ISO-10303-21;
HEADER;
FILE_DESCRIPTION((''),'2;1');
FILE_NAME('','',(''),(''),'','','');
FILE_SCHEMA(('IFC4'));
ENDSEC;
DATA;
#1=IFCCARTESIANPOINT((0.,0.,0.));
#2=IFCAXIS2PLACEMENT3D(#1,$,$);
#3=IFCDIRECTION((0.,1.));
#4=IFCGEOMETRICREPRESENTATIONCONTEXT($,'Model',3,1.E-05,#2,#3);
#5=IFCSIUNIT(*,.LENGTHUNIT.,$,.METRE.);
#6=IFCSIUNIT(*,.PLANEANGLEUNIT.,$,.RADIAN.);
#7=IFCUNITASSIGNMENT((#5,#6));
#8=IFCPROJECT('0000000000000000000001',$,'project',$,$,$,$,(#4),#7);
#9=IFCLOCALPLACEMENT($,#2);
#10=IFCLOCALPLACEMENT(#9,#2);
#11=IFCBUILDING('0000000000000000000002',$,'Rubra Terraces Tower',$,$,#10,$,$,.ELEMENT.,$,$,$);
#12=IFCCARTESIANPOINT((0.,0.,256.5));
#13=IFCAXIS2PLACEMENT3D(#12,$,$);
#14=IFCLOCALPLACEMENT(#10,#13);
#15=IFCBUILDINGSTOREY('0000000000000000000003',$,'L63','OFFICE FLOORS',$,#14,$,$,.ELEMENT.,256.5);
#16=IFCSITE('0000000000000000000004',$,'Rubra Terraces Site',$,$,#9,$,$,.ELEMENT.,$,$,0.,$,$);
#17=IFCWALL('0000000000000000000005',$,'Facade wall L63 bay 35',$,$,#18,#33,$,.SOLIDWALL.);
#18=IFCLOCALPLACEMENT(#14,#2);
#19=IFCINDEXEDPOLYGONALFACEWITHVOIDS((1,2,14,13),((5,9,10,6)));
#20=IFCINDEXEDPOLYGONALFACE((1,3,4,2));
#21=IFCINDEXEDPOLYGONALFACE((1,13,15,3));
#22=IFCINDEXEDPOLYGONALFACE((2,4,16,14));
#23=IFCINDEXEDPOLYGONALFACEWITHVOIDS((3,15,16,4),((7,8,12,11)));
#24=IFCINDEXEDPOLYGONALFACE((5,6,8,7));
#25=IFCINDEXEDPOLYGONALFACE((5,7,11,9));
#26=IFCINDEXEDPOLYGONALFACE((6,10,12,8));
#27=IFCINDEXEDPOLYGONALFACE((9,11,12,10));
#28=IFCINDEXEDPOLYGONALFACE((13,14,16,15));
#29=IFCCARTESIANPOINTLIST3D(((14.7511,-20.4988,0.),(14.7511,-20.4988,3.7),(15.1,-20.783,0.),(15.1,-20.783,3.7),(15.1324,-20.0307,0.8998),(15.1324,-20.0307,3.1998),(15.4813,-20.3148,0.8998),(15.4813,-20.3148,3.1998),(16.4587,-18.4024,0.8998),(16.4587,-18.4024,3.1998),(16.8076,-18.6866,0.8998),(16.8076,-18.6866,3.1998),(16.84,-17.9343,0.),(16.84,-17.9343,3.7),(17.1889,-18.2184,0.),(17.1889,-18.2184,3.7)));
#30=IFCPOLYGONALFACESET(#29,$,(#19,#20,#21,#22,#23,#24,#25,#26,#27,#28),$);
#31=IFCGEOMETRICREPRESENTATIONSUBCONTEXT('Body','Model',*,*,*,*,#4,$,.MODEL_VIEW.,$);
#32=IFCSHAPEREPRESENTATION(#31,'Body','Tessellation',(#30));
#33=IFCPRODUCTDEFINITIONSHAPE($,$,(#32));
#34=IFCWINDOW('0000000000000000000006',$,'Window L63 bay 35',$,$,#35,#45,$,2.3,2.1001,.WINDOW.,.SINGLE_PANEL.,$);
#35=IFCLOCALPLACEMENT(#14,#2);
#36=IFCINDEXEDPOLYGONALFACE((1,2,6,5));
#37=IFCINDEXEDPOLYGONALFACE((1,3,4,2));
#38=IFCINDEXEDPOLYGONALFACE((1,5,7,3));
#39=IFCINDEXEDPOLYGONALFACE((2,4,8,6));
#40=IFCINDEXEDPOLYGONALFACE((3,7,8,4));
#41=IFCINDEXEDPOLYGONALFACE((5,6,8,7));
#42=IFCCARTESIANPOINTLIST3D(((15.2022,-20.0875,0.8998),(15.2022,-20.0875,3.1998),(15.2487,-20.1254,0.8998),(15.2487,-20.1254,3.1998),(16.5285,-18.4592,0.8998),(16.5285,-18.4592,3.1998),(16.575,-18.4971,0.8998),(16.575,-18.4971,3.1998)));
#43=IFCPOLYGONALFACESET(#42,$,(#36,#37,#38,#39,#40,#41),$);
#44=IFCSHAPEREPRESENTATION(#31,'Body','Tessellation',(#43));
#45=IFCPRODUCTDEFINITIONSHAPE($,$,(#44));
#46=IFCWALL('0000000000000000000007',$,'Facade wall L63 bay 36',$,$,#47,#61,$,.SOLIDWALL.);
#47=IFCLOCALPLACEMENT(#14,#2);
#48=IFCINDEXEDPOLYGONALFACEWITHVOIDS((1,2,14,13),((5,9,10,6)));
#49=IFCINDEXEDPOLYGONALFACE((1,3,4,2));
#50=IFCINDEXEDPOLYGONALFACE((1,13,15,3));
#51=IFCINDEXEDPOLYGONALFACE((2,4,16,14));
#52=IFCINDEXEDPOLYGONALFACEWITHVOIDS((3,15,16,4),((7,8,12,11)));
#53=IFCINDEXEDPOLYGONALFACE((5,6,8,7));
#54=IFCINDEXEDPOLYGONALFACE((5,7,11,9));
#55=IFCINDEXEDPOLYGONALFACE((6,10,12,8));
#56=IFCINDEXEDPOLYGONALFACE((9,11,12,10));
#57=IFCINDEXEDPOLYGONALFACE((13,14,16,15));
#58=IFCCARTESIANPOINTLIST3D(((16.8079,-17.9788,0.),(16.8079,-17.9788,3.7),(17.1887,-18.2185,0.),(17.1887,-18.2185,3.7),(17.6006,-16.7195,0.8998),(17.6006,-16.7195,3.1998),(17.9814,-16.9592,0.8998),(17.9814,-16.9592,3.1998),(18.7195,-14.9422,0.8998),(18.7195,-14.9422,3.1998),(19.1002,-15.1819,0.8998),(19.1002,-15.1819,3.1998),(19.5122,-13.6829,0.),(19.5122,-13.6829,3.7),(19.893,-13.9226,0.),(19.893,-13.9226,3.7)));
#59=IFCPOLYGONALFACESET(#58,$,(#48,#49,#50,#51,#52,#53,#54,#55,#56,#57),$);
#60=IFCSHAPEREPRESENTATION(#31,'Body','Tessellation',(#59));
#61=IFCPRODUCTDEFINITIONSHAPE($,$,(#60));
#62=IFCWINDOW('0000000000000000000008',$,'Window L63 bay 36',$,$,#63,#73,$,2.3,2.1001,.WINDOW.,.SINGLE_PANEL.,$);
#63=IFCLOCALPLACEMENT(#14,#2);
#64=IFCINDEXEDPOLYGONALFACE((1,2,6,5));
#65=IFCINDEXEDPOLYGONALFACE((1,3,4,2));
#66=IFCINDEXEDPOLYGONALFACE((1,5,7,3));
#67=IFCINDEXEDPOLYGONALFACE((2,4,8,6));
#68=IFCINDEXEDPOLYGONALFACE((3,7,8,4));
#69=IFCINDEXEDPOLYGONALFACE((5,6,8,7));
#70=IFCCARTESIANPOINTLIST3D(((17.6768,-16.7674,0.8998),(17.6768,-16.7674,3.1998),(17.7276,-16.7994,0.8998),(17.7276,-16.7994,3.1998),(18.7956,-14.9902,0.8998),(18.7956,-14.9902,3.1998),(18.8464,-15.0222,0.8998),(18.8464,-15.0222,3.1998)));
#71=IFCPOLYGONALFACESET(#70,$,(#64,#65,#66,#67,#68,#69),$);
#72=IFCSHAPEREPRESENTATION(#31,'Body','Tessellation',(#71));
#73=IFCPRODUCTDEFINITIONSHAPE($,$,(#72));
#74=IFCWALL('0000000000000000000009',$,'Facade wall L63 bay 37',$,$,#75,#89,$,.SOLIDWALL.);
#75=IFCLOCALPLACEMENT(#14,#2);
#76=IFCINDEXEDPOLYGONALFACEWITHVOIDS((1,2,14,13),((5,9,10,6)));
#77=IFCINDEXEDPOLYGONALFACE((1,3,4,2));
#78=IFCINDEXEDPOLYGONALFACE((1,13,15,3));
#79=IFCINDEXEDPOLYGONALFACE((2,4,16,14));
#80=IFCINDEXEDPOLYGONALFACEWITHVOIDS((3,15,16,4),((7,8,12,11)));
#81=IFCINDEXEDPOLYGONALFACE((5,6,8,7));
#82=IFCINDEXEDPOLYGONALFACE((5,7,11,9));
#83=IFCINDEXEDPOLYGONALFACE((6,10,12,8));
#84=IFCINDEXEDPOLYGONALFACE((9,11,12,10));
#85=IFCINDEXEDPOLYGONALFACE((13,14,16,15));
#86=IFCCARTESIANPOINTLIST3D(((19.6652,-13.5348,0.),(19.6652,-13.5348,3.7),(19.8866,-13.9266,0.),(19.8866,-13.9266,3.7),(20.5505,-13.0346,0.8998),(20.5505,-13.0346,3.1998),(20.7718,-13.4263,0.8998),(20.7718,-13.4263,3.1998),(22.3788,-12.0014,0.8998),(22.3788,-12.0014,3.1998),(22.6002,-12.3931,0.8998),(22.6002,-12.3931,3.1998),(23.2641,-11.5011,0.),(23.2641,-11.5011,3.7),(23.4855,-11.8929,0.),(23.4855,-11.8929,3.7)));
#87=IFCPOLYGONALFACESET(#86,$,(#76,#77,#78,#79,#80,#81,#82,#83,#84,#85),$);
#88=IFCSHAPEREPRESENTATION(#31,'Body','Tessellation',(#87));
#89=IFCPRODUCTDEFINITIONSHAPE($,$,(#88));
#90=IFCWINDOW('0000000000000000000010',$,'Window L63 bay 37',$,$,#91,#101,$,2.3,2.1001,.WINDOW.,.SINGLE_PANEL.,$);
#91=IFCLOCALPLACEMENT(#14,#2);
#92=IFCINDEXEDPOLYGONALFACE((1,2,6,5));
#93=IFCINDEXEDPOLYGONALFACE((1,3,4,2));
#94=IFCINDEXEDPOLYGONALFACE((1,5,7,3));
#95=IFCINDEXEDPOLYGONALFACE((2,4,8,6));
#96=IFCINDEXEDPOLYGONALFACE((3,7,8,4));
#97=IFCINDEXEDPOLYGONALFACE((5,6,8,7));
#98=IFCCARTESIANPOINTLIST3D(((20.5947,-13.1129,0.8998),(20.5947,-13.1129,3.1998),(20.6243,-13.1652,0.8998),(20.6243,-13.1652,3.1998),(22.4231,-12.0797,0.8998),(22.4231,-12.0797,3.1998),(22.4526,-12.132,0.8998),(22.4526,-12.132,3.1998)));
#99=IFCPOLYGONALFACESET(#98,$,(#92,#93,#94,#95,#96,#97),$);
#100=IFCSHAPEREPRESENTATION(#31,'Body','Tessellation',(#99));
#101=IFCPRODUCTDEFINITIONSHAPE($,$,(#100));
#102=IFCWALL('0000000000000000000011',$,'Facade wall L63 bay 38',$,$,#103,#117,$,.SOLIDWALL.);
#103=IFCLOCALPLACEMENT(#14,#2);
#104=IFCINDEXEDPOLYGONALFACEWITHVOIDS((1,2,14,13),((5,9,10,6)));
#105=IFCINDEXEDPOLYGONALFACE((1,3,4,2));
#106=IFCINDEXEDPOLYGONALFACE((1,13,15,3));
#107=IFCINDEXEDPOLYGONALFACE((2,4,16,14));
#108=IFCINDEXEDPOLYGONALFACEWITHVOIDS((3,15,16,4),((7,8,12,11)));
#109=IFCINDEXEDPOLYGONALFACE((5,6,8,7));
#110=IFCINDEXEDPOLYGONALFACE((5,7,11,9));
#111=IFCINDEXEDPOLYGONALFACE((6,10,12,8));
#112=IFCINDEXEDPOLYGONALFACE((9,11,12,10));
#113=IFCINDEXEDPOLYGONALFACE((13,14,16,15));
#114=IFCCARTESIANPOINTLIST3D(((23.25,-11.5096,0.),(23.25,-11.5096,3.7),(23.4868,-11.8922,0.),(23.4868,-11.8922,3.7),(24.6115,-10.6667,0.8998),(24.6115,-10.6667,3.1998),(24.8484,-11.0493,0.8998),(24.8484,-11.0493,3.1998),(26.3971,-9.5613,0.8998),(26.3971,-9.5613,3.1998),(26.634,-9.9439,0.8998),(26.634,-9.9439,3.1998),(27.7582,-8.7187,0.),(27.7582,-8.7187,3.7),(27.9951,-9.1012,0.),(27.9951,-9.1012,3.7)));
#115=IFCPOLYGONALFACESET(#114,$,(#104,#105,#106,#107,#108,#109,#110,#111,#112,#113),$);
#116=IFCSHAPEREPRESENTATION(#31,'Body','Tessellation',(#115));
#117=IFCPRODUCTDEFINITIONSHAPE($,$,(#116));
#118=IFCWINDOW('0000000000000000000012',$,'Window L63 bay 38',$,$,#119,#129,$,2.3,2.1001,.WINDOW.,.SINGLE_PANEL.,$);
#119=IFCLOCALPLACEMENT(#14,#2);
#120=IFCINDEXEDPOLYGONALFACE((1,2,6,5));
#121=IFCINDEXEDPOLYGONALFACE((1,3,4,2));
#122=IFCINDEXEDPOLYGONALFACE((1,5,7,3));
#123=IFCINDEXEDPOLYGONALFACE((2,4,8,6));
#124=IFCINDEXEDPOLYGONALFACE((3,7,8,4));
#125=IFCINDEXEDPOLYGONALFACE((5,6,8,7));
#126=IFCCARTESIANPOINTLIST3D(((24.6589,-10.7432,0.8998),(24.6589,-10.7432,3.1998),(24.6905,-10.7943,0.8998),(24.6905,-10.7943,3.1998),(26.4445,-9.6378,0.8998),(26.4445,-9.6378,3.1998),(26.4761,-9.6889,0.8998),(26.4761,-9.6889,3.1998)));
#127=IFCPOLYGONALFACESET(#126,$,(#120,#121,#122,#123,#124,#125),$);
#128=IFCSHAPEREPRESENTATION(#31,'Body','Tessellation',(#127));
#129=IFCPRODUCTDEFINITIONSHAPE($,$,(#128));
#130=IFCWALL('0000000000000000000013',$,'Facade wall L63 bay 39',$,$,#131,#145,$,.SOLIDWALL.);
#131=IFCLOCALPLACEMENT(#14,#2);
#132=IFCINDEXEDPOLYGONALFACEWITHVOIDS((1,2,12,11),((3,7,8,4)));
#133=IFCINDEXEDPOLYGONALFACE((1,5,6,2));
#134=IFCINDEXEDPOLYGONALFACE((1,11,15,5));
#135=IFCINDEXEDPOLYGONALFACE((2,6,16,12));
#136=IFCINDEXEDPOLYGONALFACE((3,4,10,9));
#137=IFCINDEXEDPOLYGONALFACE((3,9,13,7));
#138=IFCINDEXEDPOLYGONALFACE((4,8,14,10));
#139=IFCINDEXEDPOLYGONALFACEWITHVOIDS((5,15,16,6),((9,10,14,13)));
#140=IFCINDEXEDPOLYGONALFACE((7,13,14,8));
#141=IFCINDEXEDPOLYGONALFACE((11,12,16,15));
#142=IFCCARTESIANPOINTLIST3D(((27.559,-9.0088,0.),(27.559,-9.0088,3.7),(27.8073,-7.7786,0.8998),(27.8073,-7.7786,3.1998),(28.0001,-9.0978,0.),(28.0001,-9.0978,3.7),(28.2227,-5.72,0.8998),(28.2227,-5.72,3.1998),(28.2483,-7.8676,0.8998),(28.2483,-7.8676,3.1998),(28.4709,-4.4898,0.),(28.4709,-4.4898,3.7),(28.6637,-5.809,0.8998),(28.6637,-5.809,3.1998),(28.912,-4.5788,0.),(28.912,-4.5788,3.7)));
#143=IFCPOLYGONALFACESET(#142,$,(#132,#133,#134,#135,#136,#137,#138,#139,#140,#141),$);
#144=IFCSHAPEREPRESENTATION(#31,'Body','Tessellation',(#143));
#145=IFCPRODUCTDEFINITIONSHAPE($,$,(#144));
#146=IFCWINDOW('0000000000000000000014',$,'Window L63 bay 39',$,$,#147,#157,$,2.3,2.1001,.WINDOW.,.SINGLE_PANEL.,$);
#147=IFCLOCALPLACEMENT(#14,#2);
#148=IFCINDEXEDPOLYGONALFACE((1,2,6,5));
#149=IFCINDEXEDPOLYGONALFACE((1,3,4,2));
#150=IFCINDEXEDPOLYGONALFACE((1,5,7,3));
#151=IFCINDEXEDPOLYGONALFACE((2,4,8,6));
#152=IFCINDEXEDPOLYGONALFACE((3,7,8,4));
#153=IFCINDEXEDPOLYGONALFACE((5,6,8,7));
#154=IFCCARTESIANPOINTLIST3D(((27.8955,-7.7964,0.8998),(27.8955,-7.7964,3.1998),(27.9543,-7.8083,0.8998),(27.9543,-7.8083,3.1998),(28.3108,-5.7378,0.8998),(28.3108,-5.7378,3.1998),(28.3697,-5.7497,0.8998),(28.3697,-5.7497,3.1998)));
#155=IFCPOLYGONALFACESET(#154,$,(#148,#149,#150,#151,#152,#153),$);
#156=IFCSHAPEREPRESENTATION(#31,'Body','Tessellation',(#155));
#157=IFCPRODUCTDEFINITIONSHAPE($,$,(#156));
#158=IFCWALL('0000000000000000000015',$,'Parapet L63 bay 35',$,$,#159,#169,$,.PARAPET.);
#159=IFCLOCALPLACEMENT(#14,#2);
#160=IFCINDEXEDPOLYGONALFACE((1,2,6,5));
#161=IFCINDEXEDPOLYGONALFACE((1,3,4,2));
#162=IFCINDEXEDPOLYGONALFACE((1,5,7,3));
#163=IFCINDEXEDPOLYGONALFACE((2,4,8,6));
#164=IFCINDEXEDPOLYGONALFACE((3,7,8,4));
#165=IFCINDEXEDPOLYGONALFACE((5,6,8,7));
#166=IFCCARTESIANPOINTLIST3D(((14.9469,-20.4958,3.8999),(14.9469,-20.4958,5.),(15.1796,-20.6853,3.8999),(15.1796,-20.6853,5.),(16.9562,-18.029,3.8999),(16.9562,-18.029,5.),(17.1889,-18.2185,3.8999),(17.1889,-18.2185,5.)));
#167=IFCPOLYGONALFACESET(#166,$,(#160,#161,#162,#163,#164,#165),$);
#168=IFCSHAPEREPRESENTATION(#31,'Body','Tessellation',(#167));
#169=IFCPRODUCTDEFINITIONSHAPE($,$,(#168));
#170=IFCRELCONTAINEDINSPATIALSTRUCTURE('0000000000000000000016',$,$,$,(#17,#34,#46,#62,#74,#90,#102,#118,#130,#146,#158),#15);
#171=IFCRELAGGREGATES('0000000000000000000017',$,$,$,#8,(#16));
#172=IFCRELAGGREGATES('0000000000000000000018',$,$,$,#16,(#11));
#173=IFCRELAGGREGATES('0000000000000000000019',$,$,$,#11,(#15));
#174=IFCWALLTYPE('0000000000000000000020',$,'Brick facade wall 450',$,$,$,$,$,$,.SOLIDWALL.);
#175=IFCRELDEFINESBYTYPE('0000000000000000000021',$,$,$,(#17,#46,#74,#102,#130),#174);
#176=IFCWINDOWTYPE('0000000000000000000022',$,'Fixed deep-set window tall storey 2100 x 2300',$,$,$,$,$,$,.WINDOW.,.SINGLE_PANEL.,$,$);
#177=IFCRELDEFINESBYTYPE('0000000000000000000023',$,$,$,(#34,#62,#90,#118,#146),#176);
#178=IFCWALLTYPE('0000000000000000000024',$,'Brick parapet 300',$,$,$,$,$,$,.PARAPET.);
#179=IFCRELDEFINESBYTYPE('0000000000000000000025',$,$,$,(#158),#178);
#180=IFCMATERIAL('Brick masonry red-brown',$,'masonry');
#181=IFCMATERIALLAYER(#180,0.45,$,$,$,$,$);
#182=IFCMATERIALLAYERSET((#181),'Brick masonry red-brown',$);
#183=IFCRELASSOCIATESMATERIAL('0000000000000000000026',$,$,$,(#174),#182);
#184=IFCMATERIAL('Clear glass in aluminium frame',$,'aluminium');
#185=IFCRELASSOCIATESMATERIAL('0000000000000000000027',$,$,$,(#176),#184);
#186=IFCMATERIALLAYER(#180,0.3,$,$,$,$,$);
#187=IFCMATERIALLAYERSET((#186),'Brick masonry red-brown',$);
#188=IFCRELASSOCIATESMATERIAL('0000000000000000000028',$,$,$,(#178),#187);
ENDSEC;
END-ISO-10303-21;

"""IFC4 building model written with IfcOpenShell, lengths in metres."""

from ifc_helpers import new_model, si_unit, direction, frame, frame_2d, origin, place, context, subcontext, project, spatial, rectangle, extrude, material, layer, layer_set, type_object, element, fill, save


model = new_model("IFC4")

# Units and contexts
model_context = context("Model", 3, precision=1e-05, world=origin(), true_north=direction((0.0, 1.0)))
body_context = subcontext(model_context, "Body", "Model", "MODEL_VIEW")
ifc_project = project(units=[si_unit("LENGTHUNIT", "METRE"), si_unit("PLANEANGLEUNIT", "RADIAN")], contexts=[model_context])

# Site, building, storey
site_placement = place(None, origin())
site = spatial("IfcSite", under=ifc_project, at=site_placement, Name="Rubra Terraces Site", CompositionType="ELEMENT", RefElevation=0.0)
building_placement = place(site_placement, origin())
building = spatial("IfcBuilding", under=site, at=building_placement, Name="Rubra Terraces Tower", CompositionType="ELEMENT")
storey_placement = place(building_placement, frame((0.0, 0.0, 256.5)))
storey = spatial("IfcBuildingStorey", under=building, at=storey_placement, Name="L63", Description="OFFICE FLOORS", CompositionType="ELEMENT", Elevation=256.5)

# Walls, openings, windows
ifc_material_1 = material(Name="Brick masonry red-brown", Category="masonry")
ifc_layer_1 = layer(ifc_material_1, 0.45)
ifc_layer_set_1 = layer_set([ifc_layer_1], Name="Brick masonry red-brown")
wall_type_1 = type_object("IfcWallType", Name="Brick facade wall 450", PredefinedType="SOLIDWALL", material=ifc_layer_set_1)
wall_1_placement = place(storey_placement, frame((14.9255, -20.6409, 0.0), z_axis=(0.0, 0.0, 1.0), x_axis=(0.631548, 0.775337, 0.0)))
wall_1 = element("IfcWall", 1, at=wall_1_placement, inside=storey, type_object=wall_type_1, Name="Facade wall L63 bay 35", PredefinedType="SOLIDWALL", context=body_context, shape_type="SweptSolid", body=[
    extrude(rectangle(XDim=3.3076, YDim=0.45, at=frame_2d((1.6538, 0.0))), origin(), (0.0, 0.0, 1.0), 3.7),
])
opening_1_placement = place(wall_1_placement, frame((0.6038, 0.0, 0.8999)))
opening_1 = element("IfcOpeningElement", 2, at=opening_1_placement, cuts=wall_1, PredefinedType="OPENING", context=body_context, shape_type="SweptSolid", body=[
    extrude(rectangle(XDim=2.1001, YDim=2.3, at=frame_2d((1.05, 1.1499))), frame((0.0, 0.2349, 0.0), z_axis=(0.0, -1.0, 0.0), x_axis=(1.0, 0.0, 0.0)), (0.0, 0.0, 1.0), 0.47),
])
ifc_material_2 = material(Name="Clear glass in aluminium frame", Category="aluminium")
window_type = type_object("IfcWindowType", Name="Fixed deep-set window tall storey 2100 x 2300", PartitioningType="SINGLE_PANEL", PredefinedType="WINDOW", material=ifc_material_2)
window_1_placement = place(opening_1_placement, origin())
window_1 = element("IfcWindow", 3, at=window_1_placement, inside=storey, type_object=window_type, Name="Window L63 bay 35", OverallHeight=2.3, OverallWidth=2.1001, PartitioningType="SINGLE_PANEL", PredefinedType="WINDOW", context=body_context, shape_type="SweptSolid", body=[
    extrude(rectangle(XDim=2.1001, YDim=2.3, at=frame_2d((1.05, 1.1499))), frame((0.0, 0.135, 0.0), z_axis=(0.0, -1.0, 0.0), x_axis=(1.0, 0.0, 0.0)), (0.0, 0.0, 1.0), 0.0601),
])
fill(opening_1, window_1)
wall_2_placement = place(storey_placement, frame((16.9983, -18.0986, 0.0), z_axis=(0.0, 0.0, 1.0), x_axis=(0.532746, 0.846275, 0.0)))
wall_2 = element("IfcWall", 4, at=wall_2_placement, inside=storey, type_object=wall_type_1, Name="Facade wall L63 bay 36", PredefinedType="SOLIDWALL", context=body_context, shape_type="SweptSolid", body=[
    extrude(rectangle(XDim=5.0762, YDim=0.45, at=frame_2d((2.5381, 0.0))), origin(), (0.0, 0.0, 1.0), 3.7),
])
opening_2_placement = place(wall_2_placement, frame((1.488, 0.0, 0.8999)))
opening_2 = element("IfcOpeningElement", 5, at=opening_2_placement, cuts=wall_2, PredefinedType="OPENING", context=body_context, shape_type="SweptSolid", body=[
    extrude(rectangle(XDim=2.1001, YDim=2.3, at=frame_2d((1.05, 1.1499))), frame((0.0, 0.2349, 0.0), z_axis=(0.0, -1.0, 0.0), x_axis=(1.0, 0.0, 0.0)), (0.0, 0.0, 1.0), 0.47),
])
window_2_placement = place(opening_2_placement, origin())
window_2 = element("IfcWindow", 6, at=window_2_placement, inside=storey, type_object=window_type, Name="Window L63 bay 36", OverallHeight=2.3, OverallWidth=2.1001, PartitioningType="SINGLE_PANEL", PredefinedType="WINDOW", context=body_context, shape_type="SweptSolid", body=[
    extrude(rectangle(XDim=2.1001, YDim=2.3, at=frame_2d((1.05, 1.1499))), frame((0.0, 0.135, 0.0), z_axis=(0.0, -1.0, 0.0), x_axis=(1.0, 0.0, 0.0)), (0.0, 0.0, 1.0), 0.0601),
])
fill(opening_2, window_2)
wall_3_placement = place(storey_placement, frame((19.7759, -13.7307, 0.0), z_axis=(0.0, 0.0, 1.0), x_axis=(0.87061, 0.491974, 0.0)))
wall_3 = element("IfcWall", 7, at=wall_3_placement, inside=storey, type_object=wall_type_1, Name="Facade wall L63 bay 37", PredefinedType="SOLIDWALL", context=body_context, shape_type="SweptSolid", body=[
    extrude(rectangle(XDim=4.1338, YDim=0.45, at=frame_2d((2.0669, 0.0))), origin(), (0.0, 0.0, 1.0), 3.7),
])
opening_3_placement = place(wall_3_placement, frame((1.0168, 0.0, 0.8999)))
opening_3 = element("IfcOpeningElement", 8, at=opening_3_placement, cuts=wall_3, PredefinedType="OPENING", context=body_context, shape_type="SweptSolid", body=[
    extrude(rectangle(XDim=2.1001, YDim=2.3, at=frame_2d((1.05, 1.1499))), frame((0.0, 0.2349, 0.0), z_axis=(0.0, -1.0, 0.0), x_axis=(1.0, 0.0, 0.0)), (0.0, 0.0, 1.0), 0.47),
])
window_3_placement = place(opening_3_placement, origin())
window_3 = element("IfcWindow", 9, at=window_3_placement, inside=storey, type_object=window_type, Name="Window L63 bay 37", OverallHeight=2.3, OverallWidth=2.1001, PartitioningType="SINGLE_PANEL", PredefinedType="WINDOW", context=body_context, shape_type="SweptSolid", body=[
    extrude(rectangle(XDim=2.1001, YDim=2.3, at=frame_2d((1.05, 1.1499))), frame((0.0, 0.135, 0.0), z_axis=(0.0, -1.0, 0.0), x_axis=(1.0, 0.0, 0.0)), (0.0, 0.0, 1.0), 0.0601),
])
fill(opening_3, window_3)
wall_4_placement = place(storey_placement, frame((23.3684, -11.7009, 0.0), z_axis=(0.0, 0.0, 1.0), x_axis=(0.850251, 0.526377, 0.0)))
wall_4 = element("IfcWall", 10, at=wall_4_placement, inside=storey, type_object=wall_type_1, Name="Facade wall L63 bay 38", PredefinedType="SOLIDWALL", context=body_context, shape_type="SweptSolid", body=[
    extrude(rectangle(XDim=5.3022, YDim=0.45, at=frame_2d((2.6511, 0.0))), origin(), (0.0, 0.0, 1.0), 3.7),
])
opening_4_placement = place(wall_4_placement, frame((1.6013, 0.0, 0.8999)))
opening_4 = element("IfcOpeningElement", 11, at=opening_4_placement, cuts=wall_4, PredefinedType="OPENING", context=body_context, shape_type="SweptSolid", body=[
    extrude(rectangle(XDim=2.1001, YDim=2.3, at=frame_2d((1.05, 1.1499))), frame((0.0, 0.2349, 0.0), z_axis=(0.0, -1.0, 0.0), x_axis=(1.0, 0.0, 0.0)), (0.0, 0.0, 1.0), 0.47),
])
window_4_placement = place(opening_4_placement, origin())
window_4 = element("IfcWindow", 12, at=window_4_placement, inside=storey, type_object=window_type, Name="Window L63 bay 38", OverallHeight=2.3, OverallWidth=2.1001, PartitioningType="SINGLE_PANEL", PredefinedType="WINDOW", context=body_context, shape_type="SweptSolid", body=[
    extrude(rectangle(XDim=2.1001, YDim=2.3, at=frame_2d((1.05, 1.1499))), frame((0.0, 0.135, 0.0), z_axis=(0.0, -1.0, 0.0), x_axis=(1.0, 0.0, 0.0)), (0.0, 0.0, 1.0), 0.0601),
])
fill(opening_4, window_4)
wall_5_placement = place(storey_placement, frame((27.7795, -9.0535, 0.0), z_axis=(0.0, 0.0, 1.0), x_axis=(0.197796, 0.980243, 0.0)))
wall_5 = element("IfcWall", 13, at=wall_5_placement, inside=storey, type_object=wall_type_1, Name="Facade wall L63 bay 39", PredefinedType="SOLIDWALL", context=body_context, shape_type="SweptSolid", body=[
    extrude(rectangle(XDim=4.6101, YDim=0.45, at=frame_2d((2.3052, 0.0))), origin(), (0.0, 0.0, 1.0), 3.7),
])
opening_5_placement = place(wall_5_placement, frame((1.2551, 0.0, 0.8999)))
opening_5 = element("IfcOpeningElement", 14, at=opening_5_placement, cuts=wall_5, PredefinedType="OPENING", context=body_context, shape_type="SweptSolid", body=[
    extrude(rectangle(XDim=2.1001, YDim=2.3, at=frame_2d((1.05, 1.1499))), frame((0.0, 0.2349, 0.0), z_axis=(0.0, -1.0, 0.0), x_axis=(1.0, 0.0, 0.0)), (0.0, 0.0, 1.0), 0.47),
])
window_5_placement = place(opening_5_placement, origin())
window_5 = element("IfcWindow", 15, at=window_5_placement, inside=storey, type_object=window_type, Name="Window L63 bay 39", OverallHeight=2.3, OverallWidth=2.1001, PartitioningType="SINGLE_PANEL", PredefinedType="WINDOW", context=body_context, shape_type="SweptSolid", body=[
    extrude(rectangle(XDim=2.1001, YDim=2.3, at=frame_2d((1.05, 1.1499))), frame((0.0, 0.135, 0.0), z_axis=(0.0, -1.0, 0.0), x_axis=(1.0, 0.0, 0.0)), (0.0, 0.0, 1.0), 0.0601),
])
fill(opening_5, window_5)

# Wall
ifc_layer_2 = layer(ifc_material_1, 0.3)
ifc_layer_set_2 = layer_set([ifc_layer_2], Name="Brick masonry red-brown")
wall_type_2 = type_object("IfcWallType", Name="Brick parapet 300", PredefinedType="PARAPET", material=ifc_layer_set_2)
wall_6_placement = place(storey_placement, frame((15.0632, -20.5906, 3.8999), z_axis=(0.0, 0.0, 1.0), x_axis=(0.63154, 0.775344, 0.0)))
element("IfcWall", 16, at=wall_6_placement, inside=storey, type_object=wall_type_2, Name="Parapet L63 bay 35", PredefinedType="PARAPET", context=body_context, shape_type="SweptSolid", body=[
    extrude(rectangle(XDim=3.1816, YDim=0.3, at=frame_2d((1.5908, 0.0))), origin(), (0.0, 0.0, 1.0), 1.1001),
])

save(model, "model.ifc")
